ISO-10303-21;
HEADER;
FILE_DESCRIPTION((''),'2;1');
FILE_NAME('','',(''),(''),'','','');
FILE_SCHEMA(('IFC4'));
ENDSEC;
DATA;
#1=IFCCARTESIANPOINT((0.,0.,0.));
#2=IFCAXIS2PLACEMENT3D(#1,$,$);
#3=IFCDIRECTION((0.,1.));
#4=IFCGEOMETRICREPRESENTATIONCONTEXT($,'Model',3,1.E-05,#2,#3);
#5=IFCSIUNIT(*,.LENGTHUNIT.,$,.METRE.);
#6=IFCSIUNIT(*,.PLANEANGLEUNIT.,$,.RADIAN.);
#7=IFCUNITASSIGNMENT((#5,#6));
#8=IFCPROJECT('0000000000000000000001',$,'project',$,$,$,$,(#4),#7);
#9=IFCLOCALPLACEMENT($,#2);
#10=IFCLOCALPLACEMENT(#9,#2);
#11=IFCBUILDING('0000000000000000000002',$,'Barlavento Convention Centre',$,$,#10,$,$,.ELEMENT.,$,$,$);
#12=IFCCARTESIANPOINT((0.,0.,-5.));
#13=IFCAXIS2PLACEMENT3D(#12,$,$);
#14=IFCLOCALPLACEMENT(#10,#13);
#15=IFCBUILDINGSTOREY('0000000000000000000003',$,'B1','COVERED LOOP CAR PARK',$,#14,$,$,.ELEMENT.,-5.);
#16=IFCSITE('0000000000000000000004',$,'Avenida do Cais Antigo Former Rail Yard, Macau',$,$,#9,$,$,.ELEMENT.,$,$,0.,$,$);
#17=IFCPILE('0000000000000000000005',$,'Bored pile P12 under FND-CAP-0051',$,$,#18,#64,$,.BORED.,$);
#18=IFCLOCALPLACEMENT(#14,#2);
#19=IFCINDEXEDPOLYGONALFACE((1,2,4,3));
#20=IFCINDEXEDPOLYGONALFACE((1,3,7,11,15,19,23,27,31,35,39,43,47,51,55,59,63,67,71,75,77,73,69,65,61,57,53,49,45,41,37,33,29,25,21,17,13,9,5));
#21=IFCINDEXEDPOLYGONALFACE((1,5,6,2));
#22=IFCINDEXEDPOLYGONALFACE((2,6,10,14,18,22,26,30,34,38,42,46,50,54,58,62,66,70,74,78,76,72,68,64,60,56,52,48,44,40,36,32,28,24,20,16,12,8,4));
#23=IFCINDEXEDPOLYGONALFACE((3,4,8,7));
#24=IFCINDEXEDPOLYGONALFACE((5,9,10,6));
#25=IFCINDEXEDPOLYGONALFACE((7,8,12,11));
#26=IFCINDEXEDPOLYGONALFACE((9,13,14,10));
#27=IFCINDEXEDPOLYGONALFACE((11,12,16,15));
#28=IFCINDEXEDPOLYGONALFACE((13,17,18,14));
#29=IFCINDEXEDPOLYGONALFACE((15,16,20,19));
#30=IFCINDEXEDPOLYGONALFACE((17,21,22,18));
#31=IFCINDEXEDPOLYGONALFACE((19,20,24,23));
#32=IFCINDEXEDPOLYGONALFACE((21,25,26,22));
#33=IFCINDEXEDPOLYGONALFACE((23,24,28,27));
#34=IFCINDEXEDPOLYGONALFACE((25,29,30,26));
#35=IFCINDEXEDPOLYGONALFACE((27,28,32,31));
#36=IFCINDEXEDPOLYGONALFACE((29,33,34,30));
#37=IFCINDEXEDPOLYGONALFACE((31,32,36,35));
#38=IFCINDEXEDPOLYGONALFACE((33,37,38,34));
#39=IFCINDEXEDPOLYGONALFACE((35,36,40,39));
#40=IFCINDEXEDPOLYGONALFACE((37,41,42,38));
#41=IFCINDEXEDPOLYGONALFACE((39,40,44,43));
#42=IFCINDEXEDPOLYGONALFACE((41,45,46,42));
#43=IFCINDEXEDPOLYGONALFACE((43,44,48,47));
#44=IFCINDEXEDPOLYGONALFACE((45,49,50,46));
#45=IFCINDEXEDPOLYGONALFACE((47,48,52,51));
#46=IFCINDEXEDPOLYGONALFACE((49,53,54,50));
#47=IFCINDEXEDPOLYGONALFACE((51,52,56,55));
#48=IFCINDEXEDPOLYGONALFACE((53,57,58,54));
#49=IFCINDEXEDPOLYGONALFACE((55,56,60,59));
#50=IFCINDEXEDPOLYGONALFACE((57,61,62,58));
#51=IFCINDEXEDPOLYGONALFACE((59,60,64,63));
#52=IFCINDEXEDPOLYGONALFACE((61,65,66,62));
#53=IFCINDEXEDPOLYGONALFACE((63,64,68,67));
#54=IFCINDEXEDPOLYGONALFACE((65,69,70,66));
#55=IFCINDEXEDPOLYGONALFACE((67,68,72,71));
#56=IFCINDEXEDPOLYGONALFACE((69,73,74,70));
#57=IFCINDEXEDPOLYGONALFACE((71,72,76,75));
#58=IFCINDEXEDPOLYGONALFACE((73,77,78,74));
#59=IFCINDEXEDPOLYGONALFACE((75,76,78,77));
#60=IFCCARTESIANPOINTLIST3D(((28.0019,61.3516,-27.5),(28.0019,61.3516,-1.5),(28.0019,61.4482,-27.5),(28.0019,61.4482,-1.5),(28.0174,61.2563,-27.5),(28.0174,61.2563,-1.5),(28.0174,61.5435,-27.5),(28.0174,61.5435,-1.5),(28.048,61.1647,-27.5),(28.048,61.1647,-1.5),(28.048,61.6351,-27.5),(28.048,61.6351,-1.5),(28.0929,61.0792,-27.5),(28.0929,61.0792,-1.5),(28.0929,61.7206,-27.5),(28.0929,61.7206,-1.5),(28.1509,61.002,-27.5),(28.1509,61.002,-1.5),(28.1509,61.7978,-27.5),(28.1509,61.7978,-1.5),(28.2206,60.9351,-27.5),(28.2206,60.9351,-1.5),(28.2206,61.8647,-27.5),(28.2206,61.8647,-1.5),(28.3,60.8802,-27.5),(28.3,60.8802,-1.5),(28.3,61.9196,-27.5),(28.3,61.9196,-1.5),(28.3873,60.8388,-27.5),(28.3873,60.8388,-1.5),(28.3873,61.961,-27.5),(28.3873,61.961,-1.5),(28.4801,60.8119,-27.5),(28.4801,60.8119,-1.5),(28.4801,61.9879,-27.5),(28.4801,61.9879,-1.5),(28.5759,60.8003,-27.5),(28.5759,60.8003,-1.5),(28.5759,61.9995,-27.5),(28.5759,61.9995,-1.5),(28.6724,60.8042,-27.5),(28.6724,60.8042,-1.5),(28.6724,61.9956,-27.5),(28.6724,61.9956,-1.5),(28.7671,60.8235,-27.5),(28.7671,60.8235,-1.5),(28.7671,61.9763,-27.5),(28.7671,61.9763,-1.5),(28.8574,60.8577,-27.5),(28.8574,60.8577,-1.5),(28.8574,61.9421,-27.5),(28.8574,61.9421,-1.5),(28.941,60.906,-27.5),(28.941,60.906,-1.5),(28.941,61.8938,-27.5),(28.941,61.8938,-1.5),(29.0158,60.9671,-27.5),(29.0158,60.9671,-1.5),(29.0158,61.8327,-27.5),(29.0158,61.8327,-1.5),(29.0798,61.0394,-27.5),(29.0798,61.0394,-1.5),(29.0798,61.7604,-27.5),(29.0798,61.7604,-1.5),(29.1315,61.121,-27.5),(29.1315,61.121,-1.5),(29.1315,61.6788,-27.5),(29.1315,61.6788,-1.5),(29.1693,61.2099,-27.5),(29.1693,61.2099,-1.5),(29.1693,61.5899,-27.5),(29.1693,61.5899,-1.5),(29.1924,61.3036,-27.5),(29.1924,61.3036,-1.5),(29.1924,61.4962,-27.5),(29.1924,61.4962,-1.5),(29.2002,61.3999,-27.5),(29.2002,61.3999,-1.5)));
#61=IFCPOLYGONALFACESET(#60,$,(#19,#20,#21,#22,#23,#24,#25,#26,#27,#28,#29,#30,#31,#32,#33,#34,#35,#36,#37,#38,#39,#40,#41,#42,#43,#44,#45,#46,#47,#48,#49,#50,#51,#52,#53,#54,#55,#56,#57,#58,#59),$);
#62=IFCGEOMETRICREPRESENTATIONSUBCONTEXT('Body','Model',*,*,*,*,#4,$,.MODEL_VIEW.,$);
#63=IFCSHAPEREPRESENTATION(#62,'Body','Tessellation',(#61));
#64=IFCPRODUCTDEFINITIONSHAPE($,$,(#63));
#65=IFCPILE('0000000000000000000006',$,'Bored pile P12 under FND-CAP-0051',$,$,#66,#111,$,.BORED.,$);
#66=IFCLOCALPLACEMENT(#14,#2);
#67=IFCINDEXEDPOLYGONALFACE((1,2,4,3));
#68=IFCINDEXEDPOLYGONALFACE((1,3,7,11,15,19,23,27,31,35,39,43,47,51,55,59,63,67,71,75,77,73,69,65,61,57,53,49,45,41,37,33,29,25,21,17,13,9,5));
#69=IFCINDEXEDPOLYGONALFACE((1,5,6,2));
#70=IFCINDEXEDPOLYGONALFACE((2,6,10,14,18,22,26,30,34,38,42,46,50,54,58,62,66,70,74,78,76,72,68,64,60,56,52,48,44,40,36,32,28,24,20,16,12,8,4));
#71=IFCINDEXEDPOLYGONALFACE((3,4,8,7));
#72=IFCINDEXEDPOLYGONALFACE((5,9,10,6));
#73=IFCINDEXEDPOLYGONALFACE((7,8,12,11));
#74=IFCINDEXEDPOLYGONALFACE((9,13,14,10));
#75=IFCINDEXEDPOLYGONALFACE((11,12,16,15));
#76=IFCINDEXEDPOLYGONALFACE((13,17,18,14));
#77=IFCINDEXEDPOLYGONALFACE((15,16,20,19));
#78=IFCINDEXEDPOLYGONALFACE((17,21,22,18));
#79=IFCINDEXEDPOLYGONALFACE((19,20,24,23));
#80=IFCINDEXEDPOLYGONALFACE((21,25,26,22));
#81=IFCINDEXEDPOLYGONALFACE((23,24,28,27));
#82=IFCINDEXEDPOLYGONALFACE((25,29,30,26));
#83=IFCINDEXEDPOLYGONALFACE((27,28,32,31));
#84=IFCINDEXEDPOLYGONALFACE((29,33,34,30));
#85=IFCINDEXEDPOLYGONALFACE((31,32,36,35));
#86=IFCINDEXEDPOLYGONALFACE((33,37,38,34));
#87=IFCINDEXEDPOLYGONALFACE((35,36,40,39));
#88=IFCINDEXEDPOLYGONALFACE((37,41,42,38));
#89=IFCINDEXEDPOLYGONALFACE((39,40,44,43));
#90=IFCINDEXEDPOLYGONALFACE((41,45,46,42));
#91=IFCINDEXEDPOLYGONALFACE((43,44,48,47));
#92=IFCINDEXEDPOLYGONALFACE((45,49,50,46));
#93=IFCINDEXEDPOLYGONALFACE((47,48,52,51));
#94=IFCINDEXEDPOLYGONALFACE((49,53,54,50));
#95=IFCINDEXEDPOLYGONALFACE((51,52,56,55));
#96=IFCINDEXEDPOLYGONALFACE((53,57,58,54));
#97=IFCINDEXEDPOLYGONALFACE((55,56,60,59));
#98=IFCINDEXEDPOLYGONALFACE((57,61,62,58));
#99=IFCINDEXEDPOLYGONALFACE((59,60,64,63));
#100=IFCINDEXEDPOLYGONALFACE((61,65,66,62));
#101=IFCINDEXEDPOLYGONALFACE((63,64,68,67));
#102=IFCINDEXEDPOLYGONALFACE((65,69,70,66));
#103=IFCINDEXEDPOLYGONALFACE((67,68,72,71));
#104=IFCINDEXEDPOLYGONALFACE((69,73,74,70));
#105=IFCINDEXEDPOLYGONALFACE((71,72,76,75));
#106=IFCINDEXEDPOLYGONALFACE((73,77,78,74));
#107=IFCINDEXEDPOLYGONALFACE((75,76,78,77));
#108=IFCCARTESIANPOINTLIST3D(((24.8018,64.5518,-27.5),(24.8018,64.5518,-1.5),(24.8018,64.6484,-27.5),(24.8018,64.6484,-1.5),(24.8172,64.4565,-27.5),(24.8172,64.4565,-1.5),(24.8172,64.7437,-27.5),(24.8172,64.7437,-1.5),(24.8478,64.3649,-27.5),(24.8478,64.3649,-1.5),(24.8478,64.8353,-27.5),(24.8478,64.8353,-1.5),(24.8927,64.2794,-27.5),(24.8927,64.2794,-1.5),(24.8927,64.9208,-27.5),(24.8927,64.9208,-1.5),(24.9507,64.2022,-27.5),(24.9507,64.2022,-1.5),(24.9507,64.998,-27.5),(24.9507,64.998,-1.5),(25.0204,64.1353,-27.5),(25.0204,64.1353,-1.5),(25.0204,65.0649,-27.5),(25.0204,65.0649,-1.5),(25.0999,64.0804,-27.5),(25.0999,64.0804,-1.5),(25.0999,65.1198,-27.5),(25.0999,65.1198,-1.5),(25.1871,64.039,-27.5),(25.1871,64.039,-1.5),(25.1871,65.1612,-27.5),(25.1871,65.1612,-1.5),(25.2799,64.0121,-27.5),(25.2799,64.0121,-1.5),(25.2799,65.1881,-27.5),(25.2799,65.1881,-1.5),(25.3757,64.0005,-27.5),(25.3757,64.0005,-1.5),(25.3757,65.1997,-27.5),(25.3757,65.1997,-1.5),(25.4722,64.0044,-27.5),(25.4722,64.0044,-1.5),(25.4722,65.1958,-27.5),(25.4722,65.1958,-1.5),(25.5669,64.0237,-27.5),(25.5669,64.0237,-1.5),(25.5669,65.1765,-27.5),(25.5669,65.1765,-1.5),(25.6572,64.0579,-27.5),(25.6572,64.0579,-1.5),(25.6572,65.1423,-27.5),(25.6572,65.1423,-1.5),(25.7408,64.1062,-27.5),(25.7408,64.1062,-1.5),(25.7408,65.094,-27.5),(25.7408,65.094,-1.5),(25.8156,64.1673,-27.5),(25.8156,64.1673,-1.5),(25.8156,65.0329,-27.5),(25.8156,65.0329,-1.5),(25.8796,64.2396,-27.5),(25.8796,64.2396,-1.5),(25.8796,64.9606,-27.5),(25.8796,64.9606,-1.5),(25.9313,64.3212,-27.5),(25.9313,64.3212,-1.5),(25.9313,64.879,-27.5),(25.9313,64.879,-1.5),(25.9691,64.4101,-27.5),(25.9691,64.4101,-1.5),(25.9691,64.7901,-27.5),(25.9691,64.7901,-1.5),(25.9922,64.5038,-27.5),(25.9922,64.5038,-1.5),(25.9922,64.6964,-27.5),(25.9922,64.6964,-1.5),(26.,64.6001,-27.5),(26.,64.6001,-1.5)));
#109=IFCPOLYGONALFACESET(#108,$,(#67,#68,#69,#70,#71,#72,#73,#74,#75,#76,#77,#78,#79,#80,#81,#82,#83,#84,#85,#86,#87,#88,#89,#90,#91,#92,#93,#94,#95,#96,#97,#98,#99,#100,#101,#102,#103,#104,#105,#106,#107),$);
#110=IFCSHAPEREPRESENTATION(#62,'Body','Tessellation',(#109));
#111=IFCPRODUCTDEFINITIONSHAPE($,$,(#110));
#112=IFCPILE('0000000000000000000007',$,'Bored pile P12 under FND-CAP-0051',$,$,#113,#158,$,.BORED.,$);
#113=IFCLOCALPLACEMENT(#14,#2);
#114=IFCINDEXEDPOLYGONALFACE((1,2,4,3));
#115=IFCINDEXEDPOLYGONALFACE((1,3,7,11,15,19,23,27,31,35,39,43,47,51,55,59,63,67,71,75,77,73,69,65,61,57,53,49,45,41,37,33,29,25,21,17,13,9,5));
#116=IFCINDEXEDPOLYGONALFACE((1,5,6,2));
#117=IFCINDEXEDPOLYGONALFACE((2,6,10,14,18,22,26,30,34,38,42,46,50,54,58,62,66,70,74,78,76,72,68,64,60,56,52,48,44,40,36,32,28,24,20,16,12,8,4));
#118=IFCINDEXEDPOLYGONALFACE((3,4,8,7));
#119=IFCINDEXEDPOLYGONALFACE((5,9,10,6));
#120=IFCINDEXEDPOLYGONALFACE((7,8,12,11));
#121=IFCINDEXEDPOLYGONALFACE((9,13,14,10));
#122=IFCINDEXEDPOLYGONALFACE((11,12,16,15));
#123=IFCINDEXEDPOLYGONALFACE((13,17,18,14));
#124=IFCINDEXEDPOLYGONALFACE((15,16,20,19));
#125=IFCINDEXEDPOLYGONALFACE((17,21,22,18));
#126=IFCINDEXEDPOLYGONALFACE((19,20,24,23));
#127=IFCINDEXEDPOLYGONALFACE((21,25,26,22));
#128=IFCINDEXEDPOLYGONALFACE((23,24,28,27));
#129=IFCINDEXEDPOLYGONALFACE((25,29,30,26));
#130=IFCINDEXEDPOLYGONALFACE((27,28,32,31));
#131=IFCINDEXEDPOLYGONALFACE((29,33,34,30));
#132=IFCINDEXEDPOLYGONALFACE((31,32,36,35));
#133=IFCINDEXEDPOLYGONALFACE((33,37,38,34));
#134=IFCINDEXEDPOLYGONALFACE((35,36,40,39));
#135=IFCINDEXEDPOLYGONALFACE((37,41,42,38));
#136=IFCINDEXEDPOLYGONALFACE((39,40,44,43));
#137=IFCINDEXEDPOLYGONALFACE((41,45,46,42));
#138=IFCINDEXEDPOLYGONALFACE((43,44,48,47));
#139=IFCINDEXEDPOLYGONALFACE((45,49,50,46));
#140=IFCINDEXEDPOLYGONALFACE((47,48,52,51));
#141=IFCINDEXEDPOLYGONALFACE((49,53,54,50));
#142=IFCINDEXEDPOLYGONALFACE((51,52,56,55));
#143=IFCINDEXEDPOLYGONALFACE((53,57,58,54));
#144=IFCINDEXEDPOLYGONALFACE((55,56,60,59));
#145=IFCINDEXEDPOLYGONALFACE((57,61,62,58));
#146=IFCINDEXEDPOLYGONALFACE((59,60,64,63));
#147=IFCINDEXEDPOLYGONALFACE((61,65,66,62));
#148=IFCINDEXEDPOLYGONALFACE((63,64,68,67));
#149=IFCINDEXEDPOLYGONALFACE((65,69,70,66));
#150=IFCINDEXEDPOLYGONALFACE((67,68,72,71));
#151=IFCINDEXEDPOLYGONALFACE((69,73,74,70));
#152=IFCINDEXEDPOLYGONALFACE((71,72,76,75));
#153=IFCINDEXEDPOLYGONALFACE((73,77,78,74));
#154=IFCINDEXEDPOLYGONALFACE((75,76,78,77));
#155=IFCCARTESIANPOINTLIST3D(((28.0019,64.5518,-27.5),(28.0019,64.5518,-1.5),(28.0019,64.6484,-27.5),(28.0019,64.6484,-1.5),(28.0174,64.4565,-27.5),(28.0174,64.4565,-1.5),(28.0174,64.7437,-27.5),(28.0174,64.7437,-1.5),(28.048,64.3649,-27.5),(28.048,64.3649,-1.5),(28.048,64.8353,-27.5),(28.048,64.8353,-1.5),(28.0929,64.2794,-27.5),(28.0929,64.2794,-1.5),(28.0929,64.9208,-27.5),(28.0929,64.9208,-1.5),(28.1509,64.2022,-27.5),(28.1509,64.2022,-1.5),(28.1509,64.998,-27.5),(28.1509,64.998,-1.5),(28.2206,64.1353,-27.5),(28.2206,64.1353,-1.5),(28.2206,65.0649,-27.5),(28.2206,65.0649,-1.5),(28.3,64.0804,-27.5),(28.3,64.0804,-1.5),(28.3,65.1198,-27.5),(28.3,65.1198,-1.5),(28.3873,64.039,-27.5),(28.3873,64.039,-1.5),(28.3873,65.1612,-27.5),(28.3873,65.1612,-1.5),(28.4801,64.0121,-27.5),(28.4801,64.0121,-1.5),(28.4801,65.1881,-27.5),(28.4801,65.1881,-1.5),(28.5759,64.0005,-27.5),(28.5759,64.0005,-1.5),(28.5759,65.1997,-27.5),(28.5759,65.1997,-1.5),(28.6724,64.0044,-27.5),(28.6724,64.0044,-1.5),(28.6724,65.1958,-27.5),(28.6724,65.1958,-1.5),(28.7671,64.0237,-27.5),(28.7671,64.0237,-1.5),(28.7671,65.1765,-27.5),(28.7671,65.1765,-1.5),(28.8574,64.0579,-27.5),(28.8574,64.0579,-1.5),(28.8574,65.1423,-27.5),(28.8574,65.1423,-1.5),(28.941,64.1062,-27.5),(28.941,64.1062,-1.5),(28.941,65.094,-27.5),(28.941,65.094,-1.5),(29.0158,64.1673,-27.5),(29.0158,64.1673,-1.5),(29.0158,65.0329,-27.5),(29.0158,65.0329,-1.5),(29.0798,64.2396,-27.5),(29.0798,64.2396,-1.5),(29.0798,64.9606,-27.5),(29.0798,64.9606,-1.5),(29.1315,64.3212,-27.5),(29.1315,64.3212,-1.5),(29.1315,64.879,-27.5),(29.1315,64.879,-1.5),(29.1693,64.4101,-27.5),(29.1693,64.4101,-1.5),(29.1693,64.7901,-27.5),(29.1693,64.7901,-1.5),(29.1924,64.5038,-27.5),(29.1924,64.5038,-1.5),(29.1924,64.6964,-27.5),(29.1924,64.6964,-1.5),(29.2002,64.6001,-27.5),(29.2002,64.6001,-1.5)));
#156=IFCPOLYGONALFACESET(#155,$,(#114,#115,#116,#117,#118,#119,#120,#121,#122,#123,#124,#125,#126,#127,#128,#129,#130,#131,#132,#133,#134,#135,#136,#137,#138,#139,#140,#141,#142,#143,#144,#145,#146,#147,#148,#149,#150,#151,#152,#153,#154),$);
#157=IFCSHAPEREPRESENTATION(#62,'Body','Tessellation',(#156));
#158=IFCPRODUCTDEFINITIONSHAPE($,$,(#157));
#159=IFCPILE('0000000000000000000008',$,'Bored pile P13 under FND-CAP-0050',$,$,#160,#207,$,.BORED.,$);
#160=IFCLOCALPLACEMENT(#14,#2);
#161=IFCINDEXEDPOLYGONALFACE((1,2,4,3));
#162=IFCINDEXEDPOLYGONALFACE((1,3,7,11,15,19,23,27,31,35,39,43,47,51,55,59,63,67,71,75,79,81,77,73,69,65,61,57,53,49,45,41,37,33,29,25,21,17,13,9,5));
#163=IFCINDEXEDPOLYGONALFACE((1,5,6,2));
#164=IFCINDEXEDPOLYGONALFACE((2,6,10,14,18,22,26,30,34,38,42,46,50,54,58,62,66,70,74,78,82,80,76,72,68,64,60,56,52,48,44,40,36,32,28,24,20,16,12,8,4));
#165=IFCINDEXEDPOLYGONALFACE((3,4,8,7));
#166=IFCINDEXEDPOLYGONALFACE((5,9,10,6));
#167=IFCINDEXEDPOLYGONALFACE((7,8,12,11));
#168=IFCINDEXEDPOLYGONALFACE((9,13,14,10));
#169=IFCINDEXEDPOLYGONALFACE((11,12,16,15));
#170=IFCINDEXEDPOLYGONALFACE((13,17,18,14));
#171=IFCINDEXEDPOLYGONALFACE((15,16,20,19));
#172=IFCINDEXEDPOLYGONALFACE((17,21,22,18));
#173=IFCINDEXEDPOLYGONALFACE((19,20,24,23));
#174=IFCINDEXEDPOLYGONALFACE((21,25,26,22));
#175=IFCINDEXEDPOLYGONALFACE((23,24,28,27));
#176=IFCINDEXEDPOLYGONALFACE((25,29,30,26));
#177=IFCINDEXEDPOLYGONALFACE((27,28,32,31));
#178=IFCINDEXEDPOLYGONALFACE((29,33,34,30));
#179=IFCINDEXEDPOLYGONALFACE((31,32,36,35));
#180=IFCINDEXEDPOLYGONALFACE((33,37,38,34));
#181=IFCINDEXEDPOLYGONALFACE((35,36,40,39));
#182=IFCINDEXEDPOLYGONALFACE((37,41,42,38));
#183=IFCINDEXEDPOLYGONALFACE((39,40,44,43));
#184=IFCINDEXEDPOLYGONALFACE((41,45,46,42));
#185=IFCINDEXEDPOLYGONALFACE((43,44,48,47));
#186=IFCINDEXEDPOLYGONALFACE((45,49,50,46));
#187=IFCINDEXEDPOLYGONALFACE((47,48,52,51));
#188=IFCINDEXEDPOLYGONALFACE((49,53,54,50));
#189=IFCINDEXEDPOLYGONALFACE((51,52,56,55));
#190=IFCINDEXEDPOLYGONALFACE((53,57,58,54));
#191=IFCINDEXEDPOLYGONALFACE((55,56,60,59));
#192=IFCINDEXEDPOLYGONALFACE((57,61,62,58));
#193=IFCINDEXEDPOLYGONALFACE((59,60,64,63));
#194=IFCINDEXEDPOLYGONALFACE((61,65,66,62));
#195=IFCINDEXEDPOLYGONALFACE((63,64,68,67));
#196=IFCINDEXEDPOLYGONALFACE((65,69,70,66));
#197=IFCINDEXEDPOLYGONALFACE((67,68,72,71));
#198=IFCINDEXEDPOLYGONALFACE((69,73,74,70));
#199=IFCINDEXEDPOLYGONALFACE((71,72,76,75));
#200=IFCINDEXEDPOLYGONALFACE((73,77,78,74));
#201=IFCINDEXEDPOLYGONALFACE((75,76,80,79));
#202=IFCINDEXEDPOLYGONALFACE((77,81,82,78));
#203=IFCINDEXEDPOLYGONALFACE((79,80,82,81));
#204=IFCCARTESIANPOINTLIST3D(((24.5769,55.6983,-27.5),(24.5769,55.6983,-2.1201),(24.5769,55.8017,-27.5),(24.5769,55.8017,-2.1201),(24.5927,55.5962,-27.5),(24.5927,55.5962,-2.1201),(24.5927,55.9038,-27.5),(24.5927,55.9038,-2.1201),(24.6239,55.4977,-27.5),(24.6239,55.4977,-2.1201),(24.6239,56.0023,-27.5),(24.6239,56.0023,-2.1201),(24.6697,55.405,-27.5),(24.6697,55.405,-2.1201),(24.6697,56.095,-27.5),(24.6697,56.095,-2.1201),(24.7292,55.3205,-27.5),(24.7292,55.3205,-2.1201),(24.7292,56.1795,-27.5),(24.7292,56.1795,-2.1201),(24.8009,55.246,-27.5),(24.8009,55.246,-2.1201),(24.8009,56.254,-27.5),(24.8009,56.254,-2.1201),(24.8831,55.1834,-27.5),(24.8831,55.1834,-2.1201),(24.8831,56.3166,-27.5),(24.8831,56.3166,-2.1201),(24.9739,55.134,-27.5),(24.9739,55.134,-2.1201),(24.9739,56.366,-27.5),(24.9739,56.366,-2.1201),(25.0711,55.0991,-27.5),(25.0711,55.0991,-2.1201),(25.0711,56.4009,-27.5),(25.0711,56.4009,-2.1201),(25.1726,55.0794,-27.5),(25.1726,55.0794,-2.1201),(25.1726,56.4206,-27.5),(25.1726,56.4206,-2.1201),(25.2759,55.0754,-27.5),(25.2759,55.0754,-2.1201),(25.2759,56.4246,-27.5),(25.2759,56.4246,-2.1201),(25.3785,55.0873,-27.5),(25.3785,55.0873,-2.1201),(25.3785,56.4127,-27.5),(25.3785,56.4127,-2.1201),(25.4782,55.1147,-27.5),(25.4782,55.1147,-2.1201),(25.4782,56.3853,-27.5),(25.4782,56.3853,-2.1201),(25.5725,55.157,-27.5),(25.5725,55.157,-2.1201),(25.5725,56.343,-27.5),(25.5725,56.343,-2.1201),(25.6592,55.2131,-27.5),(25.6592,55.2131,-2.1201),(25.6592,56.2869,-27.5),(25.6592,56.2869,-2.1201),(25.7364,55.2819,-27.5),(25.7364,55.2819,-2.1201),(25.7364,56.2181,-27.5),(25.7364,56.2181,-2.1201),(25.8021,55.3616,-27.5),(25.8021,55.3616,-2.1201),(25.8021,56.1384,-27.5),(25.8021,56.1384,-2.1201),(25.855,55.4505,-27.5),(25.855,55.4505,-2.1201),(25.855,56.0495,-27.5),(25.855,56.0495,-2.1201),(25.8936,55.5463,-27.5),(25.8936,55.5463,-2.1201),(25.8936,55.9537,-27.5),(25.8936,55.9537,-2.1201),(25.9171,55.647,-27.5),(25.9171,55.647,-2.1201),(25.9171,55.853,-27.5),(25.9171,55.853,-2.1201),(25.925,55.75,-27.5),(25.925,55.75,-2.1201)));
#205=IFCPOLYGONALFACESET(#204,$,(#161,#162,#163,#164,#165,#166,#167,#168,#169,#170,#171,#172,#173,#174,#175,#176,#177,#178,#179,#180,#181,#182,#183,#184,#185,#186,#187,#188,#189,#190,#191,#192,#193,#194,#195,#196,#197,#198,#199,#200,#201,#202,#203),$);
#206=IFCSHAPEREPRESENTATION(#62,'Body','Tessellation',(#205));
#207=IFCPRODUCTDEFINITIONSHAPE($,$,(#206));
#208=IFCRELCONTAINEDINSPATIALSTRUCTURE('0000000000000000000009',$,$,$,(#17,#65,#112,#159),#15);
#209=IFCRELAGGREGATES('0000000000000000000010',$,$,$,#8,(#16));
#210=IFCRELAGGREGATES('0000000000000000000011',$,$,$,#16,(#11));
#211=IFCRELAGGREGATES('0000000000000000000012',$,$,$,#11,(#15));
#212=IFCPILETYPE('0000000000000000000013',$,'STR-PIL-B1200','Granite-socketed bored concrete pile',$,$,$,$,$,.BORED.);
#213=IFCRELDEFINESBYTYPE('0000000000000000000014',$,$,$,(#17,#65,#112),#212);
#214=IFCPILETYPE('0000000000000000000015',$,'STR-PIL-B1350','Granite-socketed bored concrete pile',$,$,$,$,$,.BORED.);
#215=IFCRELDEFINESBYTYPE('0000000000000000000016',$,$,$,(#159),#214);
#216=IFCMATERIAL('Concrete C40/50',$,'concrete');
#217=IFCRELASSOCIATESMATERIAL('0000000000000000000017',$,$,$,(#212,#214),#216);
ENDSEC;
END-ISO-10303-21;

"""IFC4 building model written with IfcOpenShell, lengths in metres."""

from ifc_helpers import new_model, si_unit, direction, frame, origin, origin_2d, place, context, subcontext, project, spatial, circle, extrude, material, material_profile, profile_set, type_object, element, save


model = new_model("IFC4")

# Units and contexts
model_context = context("Model", 3, precision=1e-05, world=origin(), true_north=direction((0.0, 1.0)))
body_context = subcontext(model_context, "Body", "Model", "MODEL_VIEW")
ifc_project = project(units=[si_unit("LENGTHUNIT", "METRE"), si_unit("PLANEANGLEUNIT", "RADIAN")], contexts=[model_context])

# Site, building, storey
site_placement = place(None, origin())
site = spatial("IfcSite", under=ifc_project, at=site_placement, Name="Avenida do Cais Antigo Former Rail Yard, Macau", CompositionType="ELEMENT", RefElevation=0.0)
building_placement = place(site_placement, origin())
building = spatial("IfcBuilding", under=site, at=building_placement, Name="Barlavento Convention Centre", CompositionType="ELEMENT")
storey_placement = place(building_placement, frame((0.0, 0.0, -5.0)))
storey = spatial("IfcBuildingStorey", under=building, at=storey_placement, Name="B1", Description="COVERED LOOP CAR PARK", CompositionType="ELEMENT", Elevation=-5.0)

# Shared definitions
ifc_material_1 = material(Name="Concrete C40/50", Category="concrete")

# Piles
ifc_material_profile_1 = material_profile(ifc_material_1, circle(Radius=0.6001, at=origin_2d()), Name="BORED PILE 1200")
ifc_profile_set_1 = profile_set([ifc_material_profile_1], Name="Concrete C40/50")
pile_type_1 = type_object("IfcPileType", Name="STR-PIL-B1200", Description="Granite-socketed bored concrete pile", PredefinedType="BORED", material=ifc_profile_set_1)
for number, where, z_axis, x_axis, name in (
    (1, (28.6001, 61.3999, -1.5), (0.0, 0.0, -1.0), (1.0, 0.0, 0.0), "Bored pile P12 under FND-CAP-0051"),
    (2, (25.3999, 64.6001, -1.5), (0.0, 0.0, -1.0), (1.0, 0.0, 0.0), "Bored pile P12 under FND-CAP-0051"),
    (3, (28.6001, 64.6001, -1.5), (0.0, 0.0, -1.0), (1.0, 0.0, 0.0), "Bored pile P12 under FND-CAP-0051"),
):
    element("IfcPile", number, at=place(storey_placement, frame(where, z_axis=z_axis, x_axis=x_axis)), inside=storey, type_object=pile_type_1, Name=name, PredefinedType="BORED", context=body_context, shape_type="SweptSolid", body=[
        extrude(circle(Radius=0.6001, at=origin_2d()), origin(), (0.0, 0.0, 1.0), 26.0),
    ])
ifc_material_profile_2 = material_profile(ifc_material_1, circle(Radius=0.675, at=origin_2d()), Name="BORED PILE 1350")
ifc_profile_set_2 = profile_set([ifc_material_profile_2], Name="Concrete C40/50")
pile_type_2 = type_object("IfcPileType", Name="STR-PIL-B1350", Description="Granite-socketed bored concrete pile", PredefinedType="BORED", material=ifc_profile_set_2)
for number, where, z_axis, x_axis, name in (
    (4, (25.25, 55.75, -2.1201), (0.0, 0.0, -1.0), (1.0, 0.0, 0.0), "Bored pile P13 under FND-CAP-0050"),
):
    element("IfcPile", number, at=place(storey_placement, frame(where, z_axis=z_axis, x_axis=x_axis)), inside=storey, type_object=pile_type_2, Name=name, PredefinedType="BORED", context=body_context, shape_type="SweptSolid", body=[
        extrude(circle(Radius=0.675, at=origin_2d()), origin(), (0.0, 0.0, 1.0), 25.3799),
    ])

save(model, "model.ifc")
